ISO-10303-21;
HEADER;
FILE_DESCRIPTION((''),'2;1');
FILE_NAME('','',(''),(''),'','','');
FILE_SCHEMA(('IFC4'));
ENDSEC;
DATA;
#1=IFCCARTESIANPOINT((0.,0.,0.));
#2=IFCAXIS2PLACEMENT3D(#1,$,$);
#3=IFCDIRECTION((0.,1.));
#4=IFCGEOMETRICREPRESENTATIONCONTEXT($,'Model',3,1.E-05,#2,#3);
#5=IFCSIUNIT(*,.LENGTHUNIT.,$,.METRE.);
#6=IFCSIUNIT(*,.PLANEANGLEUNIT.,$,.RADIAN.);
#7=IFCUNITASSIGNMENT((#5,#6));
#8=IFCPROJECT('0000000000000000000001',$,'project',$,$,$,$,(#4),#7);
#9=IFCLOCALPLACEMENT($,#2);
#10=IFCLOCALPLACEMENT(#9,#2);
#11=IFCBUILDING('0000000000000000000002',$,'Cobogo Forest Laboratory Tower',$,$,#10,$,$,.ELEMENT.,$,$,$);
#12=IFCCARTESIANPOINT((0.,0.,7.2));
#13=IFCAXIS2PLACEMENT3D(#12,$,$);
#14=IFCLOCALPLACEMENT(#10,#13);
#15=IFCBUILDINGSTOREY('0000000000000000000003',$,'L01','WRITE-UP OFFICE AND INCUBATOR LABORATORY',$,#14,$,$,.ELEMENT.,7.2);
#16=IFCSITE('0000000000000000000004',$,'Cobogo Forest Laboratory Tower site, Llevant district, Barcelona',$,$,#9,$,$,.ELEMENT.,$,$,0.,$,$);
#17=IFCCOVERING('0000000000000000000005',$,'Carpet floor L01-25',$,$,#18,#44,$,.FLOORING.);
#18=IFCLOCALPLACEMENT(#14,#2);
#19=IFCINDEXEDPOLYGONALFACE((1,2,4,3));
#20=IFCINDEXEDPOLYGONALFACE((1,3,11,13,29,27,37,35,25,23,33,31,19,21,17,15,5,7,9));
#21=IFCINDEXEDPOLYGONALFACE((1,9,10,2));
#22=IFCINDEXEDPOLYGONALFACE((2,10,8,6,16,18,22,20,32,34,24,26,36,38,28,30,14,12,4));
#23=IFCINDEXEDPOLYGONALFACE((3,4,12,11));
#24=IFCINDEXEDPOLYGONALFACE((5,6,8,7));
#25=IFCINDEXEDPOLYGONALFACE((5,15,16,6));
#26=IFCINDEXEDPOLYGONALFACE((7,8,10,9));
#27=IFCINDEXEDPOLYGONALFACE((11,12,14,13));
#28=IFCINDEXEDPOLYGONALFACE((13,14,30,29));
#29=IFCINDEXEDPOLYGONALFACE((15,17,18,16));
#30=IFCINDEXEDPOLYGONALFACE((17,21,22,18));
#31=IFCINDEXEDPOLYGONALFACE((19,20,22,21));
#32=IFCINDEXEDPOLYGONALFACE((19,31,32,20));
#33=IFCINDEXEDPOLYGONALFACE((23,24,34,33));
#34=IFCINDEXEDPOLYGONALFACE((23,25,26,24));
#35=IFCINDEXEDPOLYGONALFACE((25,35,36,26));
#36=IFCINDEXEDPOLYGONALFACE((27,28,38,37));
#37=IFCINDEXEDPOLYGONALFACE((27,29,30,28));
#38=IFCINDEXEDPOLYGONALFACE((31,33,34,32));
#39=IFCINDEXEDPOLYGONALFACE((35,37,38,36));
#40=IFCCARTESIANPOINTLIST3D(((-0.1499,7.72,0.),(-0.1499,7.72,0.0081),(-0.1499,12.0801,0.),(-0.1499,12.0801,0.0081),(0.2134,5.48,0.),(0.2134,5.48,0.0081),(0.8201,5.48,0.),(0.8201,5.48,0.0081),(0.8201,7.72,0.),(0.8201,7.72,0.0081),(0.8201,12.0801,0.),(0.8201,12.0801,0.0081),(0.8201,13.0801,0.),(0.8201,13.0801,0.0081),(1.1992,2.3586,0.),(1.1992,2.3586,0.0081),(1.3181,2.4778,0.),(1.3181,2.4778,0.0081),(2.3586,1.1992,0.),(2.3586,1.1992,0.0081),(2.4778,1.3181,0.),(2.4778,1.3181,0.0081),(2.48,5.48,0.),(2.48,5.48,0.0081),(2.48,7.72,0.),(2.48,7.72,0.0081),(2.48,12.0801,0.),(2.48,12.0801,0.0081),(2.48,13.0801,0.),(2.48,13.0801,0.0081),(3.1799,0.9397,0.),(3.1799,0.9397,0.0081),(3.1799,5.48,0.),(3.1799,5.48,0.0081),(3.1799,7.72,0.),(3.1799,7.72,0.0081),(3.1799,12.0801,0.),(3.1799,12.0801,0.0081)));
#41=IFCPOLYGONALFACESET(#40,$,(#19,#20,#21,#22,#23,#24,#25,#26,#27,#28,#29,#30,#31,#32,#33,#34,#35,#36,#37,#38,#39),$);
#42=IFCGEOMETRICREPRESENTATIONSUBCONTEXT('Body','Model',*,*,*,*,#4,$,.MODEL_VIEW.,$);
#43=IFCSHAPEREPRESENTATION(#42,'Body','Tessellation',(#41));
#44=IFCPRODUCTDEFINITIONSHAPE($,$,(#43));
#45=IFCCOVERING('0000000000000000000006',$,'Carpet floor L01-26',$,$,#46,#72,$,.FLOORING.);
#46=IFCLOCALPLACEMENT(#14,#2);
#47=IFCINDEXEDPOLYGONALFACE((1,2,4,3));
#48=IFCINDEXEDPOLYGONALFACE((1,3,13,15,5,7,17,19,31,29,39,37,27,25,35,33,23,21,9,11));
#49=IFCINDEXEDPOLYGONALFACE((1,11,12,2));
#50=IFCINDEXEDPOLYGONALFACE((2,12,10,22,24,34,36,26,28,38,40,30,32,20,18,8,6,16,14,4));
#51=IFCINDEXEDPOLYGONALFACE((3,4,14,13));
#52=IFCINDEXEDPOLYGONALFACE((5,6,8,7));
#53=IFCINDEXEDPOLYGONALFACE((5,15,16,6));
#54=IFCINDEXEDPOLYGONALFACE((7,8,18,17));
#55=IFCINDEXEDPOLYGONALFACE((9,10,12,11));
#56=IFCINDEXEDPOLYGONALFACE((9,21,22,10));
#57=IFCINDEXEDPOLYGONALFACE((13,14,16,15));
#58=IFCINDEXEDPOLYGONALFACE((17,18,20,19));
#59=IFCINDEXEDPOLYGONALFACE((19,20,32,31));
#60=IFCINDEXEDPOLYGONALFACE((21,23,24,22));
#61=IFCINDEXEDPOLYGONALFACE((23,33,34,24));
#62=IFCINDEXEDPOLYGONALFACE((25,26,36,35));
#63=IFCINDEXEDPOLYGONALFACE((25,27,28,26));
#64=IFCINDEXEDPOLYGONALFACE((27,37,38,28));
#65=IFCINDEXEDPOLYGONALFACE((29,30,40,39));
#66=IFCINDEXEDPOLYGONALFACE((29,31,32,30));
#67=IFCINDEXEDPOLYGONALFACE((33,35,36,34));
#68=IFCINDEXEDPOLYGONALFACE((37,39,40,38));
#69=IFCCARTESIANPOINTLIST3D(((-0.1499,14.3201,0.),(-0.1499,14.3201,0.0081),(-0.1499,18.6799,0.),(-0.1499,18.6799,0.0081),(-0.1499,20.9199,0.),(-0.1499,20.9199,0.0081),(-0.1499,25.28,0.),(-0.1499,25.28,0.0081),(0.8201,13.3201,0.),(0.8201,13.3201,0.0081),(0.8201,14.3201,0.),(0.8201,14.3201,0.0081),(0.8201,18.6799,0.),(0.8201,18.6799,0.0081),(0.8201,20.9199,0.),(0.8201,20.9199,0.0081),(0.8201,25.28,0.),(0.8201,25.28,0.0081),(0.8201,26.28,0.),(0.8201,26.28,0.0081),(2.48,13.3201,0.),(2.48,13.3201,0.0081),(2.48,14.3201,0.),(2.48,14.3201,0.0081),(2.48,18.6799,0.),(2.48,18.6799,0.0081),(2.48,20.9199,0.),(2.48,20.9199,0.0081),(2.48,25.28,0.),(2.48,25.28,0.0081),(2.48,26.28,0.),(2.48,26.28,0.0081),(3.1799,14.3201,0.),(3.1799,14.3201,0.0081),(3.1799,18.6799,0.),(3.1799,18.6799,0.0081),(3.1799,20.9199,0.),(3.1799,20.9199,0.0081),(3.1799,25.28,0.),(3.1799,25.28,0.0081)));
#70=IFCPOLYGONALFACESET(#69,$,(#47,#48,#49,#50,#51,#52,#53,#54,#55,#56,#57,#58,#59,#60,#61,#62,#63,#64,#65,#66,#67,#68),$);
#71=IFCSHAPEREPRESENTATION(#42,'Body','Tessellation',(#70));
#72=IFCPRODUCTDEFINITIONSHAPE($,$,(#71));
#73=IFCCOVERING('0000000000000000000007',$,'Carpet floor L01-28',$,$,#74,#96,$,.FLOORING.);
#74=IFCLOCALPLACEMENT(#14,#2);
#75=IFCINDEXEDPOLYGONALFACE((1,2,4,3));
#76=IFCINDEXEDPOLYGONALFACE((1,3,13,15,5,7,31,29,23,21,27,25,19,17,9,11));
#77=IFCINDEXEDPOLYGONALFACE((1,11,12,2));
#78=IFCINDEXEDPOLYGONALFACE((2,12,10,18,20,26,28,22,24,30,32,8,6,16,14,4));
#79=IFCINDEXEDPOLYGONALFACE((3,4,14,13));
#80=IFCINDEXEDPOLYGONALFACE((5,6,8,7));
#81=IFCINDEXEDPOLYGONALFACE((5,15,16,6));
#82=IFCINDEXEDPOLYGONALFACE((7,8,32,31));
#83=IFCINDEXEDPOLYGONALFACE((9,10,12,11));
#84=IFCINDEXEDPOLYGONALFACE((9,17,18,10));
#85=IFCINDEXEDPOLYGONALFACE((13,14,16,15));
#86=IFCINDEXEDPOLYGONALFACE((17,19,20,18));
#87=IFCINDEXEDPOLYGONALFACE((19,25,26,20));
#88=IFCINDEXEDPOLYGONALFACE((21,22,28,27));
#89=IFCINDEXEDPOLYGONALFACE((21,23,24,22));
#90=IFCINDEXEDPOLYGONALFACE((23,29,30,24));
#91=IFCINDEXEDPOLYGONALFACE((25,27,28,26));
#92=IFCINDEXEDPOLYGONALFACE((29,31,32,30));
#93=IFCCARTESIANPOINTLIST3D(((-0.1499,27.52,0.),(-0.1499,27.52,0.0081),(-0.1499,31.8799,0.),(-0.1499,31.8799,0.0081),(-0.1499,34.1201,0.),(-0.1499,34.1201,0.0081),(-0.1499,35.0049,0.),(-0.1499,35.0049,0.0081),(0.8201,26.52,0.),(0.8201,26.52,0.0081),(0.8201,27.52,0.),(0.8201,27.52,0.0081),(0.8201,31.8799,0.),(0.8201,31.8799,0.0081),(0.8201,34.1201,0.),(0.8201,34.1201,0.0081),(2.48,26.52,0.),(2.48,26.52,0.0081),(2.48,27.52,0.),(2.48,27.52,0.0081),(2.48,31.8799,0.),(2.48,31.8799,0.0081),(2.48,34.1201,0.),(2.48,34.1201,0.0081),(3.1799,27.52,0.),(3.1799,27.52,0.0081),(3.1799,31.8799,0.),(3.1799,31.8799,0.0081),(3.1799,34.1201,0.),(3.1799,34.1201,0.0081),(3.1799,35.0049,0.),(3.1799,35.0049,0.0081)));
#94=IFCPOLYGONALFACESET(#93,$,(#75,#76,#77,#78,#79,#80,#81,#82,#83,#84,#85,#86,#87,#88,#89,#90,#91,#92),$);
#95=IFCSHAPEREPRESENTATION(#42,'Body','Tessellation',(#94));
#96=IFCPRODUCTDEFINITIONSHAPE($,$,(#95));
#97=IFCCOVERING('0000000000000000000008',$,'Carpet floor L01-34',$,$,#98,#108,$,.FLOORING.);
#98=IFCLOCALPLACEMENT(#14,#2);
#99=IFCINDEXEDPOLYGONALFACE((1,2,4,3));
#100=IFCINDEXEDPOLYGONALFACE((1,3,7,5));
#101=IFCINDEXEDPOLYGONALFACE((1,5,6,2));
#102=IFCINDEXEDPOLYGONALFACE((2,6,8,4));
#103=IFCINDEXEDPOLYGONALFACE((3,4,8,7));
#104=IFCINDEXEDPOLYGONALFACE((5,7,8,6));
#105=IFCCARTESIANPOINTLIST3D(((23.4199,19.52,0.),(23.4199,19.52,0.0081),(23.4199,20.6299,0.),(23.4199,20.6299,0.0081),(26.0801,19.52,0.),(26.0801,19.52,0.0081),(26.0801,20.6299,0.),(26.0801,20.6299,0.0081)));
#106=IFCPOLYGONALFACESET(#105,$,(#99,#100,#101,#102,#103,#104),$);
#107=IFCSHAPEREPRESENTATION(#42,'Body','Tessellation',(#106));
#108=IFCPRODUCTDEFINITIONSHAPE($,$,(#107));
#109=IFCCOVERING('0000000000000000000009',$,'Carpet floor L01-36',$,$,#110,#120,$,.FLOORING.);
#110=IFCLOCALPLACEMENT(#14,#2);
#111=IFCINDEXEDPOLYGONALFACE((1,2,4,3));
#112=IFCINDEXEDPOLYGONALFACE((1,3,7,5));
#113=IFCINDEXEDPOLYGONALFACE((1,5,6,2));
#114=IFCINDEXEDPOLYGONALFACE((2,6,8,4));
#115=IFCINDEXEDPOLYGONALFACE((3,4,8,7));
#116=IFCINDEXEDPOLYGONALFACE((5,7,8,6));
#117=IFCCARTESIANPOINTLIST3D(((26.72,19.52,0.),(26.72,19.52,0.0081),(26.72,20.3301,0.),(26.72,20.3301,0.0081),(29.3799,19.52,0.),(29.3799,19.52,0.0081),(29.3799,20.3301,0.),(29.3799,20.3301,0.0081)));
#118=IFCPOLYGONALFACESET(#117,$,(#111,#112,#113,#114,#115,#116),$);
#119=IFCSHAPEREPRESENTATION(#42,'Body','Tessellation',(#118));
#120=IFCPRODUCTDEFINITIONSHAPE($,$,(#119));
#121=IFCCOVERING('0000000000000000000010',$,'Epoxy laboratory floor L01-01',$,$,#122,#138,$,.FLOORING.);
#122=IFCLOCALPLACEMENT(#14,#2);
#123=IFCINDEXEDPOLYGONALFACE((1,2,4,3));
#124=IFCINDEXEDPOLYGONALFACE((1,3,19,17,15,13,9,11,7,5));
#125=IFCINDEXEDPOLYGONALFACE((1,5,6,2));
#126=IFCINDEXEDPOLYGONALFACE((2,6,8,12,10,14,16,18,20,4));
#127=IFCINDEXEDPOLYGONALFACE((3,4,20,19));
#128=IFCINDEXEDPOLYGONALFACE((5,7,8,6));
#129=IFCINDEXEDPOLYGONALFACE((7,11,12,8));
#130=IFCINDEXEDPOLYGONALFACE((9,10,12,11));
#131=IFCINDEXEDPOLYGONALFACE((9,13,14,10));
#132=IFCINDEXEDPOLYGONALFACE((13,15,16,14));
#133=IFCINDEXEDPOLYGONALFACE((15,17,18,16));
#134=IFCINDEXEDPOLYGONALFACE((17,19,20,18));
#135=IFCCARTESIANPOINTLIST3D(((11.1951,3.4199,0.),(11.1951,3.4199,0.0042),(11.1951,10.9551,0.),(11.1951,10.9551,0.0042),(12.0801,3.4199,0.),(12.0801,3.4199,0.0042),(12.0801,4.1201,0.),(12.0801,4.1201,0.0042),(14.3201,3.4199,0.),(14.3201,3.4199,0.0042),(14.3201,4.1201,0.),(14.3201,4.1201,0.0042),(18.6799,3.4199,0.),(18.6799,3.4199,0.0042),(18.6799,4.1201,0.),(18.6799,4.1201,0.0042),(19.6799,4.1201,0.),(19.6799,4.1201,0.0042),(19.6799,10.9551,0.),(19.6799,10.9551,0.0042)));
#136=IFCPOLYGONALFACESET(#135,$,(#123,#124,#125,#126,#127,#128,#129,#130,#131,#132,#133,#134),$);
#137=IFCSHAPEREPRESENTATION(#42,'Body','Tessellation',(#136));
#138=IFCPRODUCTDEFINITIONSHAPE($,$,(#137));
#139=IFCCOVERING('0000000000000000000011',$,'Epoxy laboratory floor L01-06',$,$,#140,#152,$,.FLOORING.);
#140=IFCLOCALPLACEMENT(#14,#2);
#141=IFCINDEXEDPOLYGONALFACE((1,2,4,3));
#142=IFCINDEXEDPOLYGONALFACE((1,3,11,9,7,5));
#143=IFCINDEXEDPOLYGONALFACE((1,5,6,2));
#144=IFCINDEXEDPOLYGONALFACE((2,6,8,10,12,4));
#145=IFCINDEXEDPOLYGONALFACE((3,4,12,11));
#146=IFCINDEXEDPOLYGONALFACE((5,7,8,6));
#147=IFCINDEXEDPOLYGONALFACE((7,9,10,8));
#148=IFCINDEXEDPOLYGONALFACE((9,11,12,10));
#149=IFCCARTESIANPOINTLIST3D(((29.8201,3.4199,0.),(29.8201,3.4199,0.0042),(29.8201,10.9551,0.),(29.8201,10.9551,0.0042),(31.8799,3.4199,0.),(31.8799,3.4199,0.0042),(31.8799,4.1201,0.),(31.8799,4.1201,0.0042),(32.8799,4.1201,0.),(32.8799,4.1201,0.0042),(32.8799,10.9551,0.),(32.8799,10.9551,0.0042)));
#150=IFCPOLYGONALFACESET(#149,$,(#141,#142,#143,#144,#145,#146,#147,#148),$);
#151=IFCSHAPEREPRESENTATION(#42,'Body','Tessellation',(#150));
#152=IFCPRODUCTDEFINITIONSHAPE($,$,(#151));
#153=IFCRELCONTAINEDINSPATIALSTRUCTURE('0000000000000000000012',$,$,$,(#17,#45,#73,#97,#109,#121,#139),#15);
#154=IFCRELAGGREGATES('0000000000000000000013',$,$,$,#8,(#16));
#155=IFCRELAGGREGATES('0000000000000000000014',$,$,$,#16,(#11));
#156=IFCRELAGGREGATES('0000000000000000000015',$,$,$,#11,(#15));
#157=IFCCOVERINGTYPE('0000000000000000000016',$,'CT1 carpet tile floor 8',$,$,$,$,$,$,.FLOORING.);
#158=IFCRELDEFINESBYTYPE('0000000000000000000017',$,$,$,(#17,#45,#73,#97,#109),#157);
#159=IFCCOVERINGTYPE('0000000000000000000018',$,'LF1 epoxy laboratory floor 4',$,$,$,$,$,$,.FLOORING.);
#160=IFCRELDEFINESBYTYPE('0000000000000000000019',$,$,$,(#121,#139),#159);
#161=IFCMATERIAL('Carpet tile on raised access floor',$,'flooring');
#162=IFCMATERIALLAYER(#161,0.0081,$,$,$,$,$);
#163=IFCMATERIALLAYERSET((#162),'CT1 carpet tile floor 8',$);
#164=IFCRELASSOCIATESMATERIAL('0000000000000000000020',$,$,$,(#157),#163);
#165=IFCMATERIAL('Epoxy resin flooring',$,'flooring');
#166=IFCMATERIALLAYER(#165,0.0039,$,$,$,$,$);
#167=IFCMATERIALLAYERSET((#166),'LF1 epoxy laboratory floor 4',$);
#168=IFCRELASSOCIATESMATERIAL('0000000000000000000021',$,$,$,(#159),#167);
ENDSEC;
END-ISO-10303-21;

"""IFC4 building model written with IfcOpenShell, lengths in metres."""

from ifc_helpers import new_model, si_unit, direction, frame, origin, place, context, subcontext, project, spatial, polyline, outline, extrude, material, layer, layer_set, type_object, element, save


model = new_model("IFC4")

# Units and contexts
model_context = context("Model", 3, precision=1e-05, world=origin(), true_north=direction((0.0, 1.0)))
body_context = subcontext(model_context, "Body", "Model", "MODEL_VIEW")
ifc_project = project(units=[si_unit("LENGTHUNIT", "METRE"), si_unit("PLANEANGLEUNIT", "RADIAN")], contexts=[model_context])

# Site, building, storey
site_placement = place(None, origin())
site = spatial("IfcSite", under=ifc_project, at=site_placement, Name="Cobogo Forest Laboratory Tower site, Llevant district, Barcelona", CompositionType="ELEMENT", RefElevation=0.0)
building_placement = place(site_placement, origin())
building = spatial("IfcBuilding", under=site, at=building_placement, Name="Cobogo Forest Laboratory Tower", CompositionType="ELEMENT")
storey_placement = place(building_placement, frame((0.0, 0.0, 7.2)))
storey = spatial("IfcBuildingStorey", under=building, at=storey_placement, Name="L01", Description="WRITE-UP OFFICE AND INCUBATOR LABORATORY", CompositionType="ELEMENT", Elevation=7.2)

# Coverings
ifc_material_1 = material(Name="Carpet tile on raised access floor", Category="flooring")
ifc_layer_1 = layer(ifc_material_1, 0.0081)
ifc_layer_set_1 = layer_set([ifc_layer_1], Name="CT1 carpet tile floor 8")
covering_type_1 = type_object("IfcCoveringType", Name="CT1 carpet tile floor 8", PredefinedType="FLOORING", material=ifc_layer_set_1)
covering_1_placement = place(storey_placement, origin())
element("IfcCovering", 1, at=covering_1_placement, inside=storey, type_object=covering_type_1, Name="Carpet floor L01-25", PredefinedType="FLOORING", context=body_context, shape_type="SweptSolid", body=[
    extrude(outline(polyline([(3.1799, 7.72), (2.48, 7.72), (2.48, 5.48), (3.1799, 5.48), (3.1799, 0.9397), (2.3586, 1.1992), (2.4778, 1.3181), (1.3181, 2.4778), (1.1992, 2.3586), (0.2134, 5.48), (0.8201, 5.48), (0.8201, 7.72), (-0.1499, 7.72), (-0.1499, 12.0801), (0.8201, 12.0801), (0.8201, 13.0801), (2.48, 13.0801), (2.48, 12.0801), (3.1799, 12.0801), (3.1799, 7.72)])), origin(), (0.0, 0.0, 1.0), 0.0081),
])
covering_2_placement = place(storey_placement, origin())
element("IfcCovering", 2, at=covering_2_placement, inside=storey, type_object=covering_type_1, Name="Carpet floor L01-26", PredefinedType="FLOORING", context=body_context, shape_type="SweptSolid", body=[
    extrude(outline(polyline([(3.1799, 20.9199), (2.48, 20.9199), (2.48, 18.6799), (3.1799, 18.6799), (3.1799, 14.3201), (2.48, 14.3201), (2.48, 13.3201), (0.8201, 13.3201), (0.8201, 14.3201), (-0.1499, 14.3201), (-0.1499, 18.6799), (0.8201, 18.6799), (0.8201, 20.9199), (-0.1499, 20.9199), (-0.1499, 25.28), (0.8201, 25.28), (0.8201, 26.28), (2.48, 26.28), (2.48, 25.28), (3.1799, 25.28), (3.1799, 20.9199)])), origin(), (0.0, 0.0, 1.0), 0.0081),
])
covering_3_placement = place(storey_placement, origin())
element("IfcCovering", 3, at=covering_3_placement, inside=storey, type_object=covering_type_1, Name="Carpet floor L01-28", PredefinedType="FLOORING", context=body_context, shape_type="SweptSolid", body=[
    extrude(outline(polyline([(3.1799, 34.1201), (2.48, 34.1201), (2.48, 31.8799), (3.1799, 31.8799), (3.1799, 27.52), (2.48, 27.52), (2.48, 26.52), (0.8201, 26.52), (0.8201, 27.52), (-0.1499, 27.52), (-0.1499, 31.8799), (0.8201, 31.8799), (0.8201, 34.1201), (-0.1499, 34.1201), (-0.1499, 35.0049), (3.1799, 35.0049), (3.1799, 34.1201)])), origin(), (0.0, 0.0, 1.0), 0.0081),
])
covering_4_placement = place(storey_placement, origin())
element("IfcCovering", 4, at=covering_4_placement, inside=storey, type_object=covering_type_1, Name="Carpet floor L01-34", PredefinedType="FLOORING", context=body_context, shape_type="SweptSolid", body=[
    extrude(outline(polyline([(26.0801, 19.52), (23.4199, 19.52), (23.4199, 20.6299), (26.0801, 20.6299), (26.0801, 19.52)])), origin(), (0.0, 0.0, 1.0), 0.0081),
])
covering_5_placement = place(storey_placement, origin())
element("IfcCovering", 5, at=covering_5_placement, inside=storey, type_object=covering_type_1, Name="Carpet floor L01-36", PredefinedType="FLOORING", context=body_context, shape_type="SweptSolid", body=[
    extrude(outline(polyline([(29.3799, 19.52), (26.72, 19.52), (26.72, 20.3301), (29.3799, 20.3301), (29.3799, 19.52)])), origin(), (0.0, 0.0, 1.0), 0.0081),
])
ifc_material_2 = material(Name="Epoxy resin flooring", Category="flooring")
ifc_layer_2 = layer(ifc_material_2, 0.0039)
ifc_layer_set_2 = layer_set([ifc_layer_2], Name="LF1 epoxy laboratory floor 4")
covering_type_2 = type_object("IfcCoveringType", Name="LF1 epoxy laboratory floor 4", PredefinedType="FLOORING", material=ifc_layer_set_2)
covering_6_placement = place(storey_placement, origin())
element("IfcCovering", 6, at=covering_6_placement, inside=storey, type_object=covering_type_2, Name="Epoxy laboratory floor L01-01", PredefinedType="FLOORING", context=body_context, shape_type="SweptSolid", body=[
    extrude(outline(polyline([(11.1951, 10.9551), (19.6799, 10.9551), (19.6799, 4.1201), (18.6799, 4.1201), (18.6799, 3.4199), (14.3201, 3.4199), (14.3201, 4.1201), (12.0801, 4.1201), (12.0801, 3.4199), (11.1951, 3.4199), (11.1951, 10.9551)])), origin(), (0.0, 0.0, 1.0), 0.0042),
])
covering_7_placement = place(storey_placement, origin())
element("IfcCovering", 7, at=covering_7_placement, inside=storey, type_object=covering_type_2, Name="Epoxy laboratory floor L01-06", PredefinedType="FLOORING", context=body_context, shape_type="SweptSolid", body=[
    extrude(outline(polyline([(29.8201, 10.9551), (32.8799, 10.9551), (32.8799, 4.1201), (31.8799, 4.1201), (31.8799, 3.4199), (29.8201, 3.4199), (29.8201, 10.9551)])), origin(), (0.0, 0.0, 1.0), 0.0042),
])

save(model, "model.ifc")
